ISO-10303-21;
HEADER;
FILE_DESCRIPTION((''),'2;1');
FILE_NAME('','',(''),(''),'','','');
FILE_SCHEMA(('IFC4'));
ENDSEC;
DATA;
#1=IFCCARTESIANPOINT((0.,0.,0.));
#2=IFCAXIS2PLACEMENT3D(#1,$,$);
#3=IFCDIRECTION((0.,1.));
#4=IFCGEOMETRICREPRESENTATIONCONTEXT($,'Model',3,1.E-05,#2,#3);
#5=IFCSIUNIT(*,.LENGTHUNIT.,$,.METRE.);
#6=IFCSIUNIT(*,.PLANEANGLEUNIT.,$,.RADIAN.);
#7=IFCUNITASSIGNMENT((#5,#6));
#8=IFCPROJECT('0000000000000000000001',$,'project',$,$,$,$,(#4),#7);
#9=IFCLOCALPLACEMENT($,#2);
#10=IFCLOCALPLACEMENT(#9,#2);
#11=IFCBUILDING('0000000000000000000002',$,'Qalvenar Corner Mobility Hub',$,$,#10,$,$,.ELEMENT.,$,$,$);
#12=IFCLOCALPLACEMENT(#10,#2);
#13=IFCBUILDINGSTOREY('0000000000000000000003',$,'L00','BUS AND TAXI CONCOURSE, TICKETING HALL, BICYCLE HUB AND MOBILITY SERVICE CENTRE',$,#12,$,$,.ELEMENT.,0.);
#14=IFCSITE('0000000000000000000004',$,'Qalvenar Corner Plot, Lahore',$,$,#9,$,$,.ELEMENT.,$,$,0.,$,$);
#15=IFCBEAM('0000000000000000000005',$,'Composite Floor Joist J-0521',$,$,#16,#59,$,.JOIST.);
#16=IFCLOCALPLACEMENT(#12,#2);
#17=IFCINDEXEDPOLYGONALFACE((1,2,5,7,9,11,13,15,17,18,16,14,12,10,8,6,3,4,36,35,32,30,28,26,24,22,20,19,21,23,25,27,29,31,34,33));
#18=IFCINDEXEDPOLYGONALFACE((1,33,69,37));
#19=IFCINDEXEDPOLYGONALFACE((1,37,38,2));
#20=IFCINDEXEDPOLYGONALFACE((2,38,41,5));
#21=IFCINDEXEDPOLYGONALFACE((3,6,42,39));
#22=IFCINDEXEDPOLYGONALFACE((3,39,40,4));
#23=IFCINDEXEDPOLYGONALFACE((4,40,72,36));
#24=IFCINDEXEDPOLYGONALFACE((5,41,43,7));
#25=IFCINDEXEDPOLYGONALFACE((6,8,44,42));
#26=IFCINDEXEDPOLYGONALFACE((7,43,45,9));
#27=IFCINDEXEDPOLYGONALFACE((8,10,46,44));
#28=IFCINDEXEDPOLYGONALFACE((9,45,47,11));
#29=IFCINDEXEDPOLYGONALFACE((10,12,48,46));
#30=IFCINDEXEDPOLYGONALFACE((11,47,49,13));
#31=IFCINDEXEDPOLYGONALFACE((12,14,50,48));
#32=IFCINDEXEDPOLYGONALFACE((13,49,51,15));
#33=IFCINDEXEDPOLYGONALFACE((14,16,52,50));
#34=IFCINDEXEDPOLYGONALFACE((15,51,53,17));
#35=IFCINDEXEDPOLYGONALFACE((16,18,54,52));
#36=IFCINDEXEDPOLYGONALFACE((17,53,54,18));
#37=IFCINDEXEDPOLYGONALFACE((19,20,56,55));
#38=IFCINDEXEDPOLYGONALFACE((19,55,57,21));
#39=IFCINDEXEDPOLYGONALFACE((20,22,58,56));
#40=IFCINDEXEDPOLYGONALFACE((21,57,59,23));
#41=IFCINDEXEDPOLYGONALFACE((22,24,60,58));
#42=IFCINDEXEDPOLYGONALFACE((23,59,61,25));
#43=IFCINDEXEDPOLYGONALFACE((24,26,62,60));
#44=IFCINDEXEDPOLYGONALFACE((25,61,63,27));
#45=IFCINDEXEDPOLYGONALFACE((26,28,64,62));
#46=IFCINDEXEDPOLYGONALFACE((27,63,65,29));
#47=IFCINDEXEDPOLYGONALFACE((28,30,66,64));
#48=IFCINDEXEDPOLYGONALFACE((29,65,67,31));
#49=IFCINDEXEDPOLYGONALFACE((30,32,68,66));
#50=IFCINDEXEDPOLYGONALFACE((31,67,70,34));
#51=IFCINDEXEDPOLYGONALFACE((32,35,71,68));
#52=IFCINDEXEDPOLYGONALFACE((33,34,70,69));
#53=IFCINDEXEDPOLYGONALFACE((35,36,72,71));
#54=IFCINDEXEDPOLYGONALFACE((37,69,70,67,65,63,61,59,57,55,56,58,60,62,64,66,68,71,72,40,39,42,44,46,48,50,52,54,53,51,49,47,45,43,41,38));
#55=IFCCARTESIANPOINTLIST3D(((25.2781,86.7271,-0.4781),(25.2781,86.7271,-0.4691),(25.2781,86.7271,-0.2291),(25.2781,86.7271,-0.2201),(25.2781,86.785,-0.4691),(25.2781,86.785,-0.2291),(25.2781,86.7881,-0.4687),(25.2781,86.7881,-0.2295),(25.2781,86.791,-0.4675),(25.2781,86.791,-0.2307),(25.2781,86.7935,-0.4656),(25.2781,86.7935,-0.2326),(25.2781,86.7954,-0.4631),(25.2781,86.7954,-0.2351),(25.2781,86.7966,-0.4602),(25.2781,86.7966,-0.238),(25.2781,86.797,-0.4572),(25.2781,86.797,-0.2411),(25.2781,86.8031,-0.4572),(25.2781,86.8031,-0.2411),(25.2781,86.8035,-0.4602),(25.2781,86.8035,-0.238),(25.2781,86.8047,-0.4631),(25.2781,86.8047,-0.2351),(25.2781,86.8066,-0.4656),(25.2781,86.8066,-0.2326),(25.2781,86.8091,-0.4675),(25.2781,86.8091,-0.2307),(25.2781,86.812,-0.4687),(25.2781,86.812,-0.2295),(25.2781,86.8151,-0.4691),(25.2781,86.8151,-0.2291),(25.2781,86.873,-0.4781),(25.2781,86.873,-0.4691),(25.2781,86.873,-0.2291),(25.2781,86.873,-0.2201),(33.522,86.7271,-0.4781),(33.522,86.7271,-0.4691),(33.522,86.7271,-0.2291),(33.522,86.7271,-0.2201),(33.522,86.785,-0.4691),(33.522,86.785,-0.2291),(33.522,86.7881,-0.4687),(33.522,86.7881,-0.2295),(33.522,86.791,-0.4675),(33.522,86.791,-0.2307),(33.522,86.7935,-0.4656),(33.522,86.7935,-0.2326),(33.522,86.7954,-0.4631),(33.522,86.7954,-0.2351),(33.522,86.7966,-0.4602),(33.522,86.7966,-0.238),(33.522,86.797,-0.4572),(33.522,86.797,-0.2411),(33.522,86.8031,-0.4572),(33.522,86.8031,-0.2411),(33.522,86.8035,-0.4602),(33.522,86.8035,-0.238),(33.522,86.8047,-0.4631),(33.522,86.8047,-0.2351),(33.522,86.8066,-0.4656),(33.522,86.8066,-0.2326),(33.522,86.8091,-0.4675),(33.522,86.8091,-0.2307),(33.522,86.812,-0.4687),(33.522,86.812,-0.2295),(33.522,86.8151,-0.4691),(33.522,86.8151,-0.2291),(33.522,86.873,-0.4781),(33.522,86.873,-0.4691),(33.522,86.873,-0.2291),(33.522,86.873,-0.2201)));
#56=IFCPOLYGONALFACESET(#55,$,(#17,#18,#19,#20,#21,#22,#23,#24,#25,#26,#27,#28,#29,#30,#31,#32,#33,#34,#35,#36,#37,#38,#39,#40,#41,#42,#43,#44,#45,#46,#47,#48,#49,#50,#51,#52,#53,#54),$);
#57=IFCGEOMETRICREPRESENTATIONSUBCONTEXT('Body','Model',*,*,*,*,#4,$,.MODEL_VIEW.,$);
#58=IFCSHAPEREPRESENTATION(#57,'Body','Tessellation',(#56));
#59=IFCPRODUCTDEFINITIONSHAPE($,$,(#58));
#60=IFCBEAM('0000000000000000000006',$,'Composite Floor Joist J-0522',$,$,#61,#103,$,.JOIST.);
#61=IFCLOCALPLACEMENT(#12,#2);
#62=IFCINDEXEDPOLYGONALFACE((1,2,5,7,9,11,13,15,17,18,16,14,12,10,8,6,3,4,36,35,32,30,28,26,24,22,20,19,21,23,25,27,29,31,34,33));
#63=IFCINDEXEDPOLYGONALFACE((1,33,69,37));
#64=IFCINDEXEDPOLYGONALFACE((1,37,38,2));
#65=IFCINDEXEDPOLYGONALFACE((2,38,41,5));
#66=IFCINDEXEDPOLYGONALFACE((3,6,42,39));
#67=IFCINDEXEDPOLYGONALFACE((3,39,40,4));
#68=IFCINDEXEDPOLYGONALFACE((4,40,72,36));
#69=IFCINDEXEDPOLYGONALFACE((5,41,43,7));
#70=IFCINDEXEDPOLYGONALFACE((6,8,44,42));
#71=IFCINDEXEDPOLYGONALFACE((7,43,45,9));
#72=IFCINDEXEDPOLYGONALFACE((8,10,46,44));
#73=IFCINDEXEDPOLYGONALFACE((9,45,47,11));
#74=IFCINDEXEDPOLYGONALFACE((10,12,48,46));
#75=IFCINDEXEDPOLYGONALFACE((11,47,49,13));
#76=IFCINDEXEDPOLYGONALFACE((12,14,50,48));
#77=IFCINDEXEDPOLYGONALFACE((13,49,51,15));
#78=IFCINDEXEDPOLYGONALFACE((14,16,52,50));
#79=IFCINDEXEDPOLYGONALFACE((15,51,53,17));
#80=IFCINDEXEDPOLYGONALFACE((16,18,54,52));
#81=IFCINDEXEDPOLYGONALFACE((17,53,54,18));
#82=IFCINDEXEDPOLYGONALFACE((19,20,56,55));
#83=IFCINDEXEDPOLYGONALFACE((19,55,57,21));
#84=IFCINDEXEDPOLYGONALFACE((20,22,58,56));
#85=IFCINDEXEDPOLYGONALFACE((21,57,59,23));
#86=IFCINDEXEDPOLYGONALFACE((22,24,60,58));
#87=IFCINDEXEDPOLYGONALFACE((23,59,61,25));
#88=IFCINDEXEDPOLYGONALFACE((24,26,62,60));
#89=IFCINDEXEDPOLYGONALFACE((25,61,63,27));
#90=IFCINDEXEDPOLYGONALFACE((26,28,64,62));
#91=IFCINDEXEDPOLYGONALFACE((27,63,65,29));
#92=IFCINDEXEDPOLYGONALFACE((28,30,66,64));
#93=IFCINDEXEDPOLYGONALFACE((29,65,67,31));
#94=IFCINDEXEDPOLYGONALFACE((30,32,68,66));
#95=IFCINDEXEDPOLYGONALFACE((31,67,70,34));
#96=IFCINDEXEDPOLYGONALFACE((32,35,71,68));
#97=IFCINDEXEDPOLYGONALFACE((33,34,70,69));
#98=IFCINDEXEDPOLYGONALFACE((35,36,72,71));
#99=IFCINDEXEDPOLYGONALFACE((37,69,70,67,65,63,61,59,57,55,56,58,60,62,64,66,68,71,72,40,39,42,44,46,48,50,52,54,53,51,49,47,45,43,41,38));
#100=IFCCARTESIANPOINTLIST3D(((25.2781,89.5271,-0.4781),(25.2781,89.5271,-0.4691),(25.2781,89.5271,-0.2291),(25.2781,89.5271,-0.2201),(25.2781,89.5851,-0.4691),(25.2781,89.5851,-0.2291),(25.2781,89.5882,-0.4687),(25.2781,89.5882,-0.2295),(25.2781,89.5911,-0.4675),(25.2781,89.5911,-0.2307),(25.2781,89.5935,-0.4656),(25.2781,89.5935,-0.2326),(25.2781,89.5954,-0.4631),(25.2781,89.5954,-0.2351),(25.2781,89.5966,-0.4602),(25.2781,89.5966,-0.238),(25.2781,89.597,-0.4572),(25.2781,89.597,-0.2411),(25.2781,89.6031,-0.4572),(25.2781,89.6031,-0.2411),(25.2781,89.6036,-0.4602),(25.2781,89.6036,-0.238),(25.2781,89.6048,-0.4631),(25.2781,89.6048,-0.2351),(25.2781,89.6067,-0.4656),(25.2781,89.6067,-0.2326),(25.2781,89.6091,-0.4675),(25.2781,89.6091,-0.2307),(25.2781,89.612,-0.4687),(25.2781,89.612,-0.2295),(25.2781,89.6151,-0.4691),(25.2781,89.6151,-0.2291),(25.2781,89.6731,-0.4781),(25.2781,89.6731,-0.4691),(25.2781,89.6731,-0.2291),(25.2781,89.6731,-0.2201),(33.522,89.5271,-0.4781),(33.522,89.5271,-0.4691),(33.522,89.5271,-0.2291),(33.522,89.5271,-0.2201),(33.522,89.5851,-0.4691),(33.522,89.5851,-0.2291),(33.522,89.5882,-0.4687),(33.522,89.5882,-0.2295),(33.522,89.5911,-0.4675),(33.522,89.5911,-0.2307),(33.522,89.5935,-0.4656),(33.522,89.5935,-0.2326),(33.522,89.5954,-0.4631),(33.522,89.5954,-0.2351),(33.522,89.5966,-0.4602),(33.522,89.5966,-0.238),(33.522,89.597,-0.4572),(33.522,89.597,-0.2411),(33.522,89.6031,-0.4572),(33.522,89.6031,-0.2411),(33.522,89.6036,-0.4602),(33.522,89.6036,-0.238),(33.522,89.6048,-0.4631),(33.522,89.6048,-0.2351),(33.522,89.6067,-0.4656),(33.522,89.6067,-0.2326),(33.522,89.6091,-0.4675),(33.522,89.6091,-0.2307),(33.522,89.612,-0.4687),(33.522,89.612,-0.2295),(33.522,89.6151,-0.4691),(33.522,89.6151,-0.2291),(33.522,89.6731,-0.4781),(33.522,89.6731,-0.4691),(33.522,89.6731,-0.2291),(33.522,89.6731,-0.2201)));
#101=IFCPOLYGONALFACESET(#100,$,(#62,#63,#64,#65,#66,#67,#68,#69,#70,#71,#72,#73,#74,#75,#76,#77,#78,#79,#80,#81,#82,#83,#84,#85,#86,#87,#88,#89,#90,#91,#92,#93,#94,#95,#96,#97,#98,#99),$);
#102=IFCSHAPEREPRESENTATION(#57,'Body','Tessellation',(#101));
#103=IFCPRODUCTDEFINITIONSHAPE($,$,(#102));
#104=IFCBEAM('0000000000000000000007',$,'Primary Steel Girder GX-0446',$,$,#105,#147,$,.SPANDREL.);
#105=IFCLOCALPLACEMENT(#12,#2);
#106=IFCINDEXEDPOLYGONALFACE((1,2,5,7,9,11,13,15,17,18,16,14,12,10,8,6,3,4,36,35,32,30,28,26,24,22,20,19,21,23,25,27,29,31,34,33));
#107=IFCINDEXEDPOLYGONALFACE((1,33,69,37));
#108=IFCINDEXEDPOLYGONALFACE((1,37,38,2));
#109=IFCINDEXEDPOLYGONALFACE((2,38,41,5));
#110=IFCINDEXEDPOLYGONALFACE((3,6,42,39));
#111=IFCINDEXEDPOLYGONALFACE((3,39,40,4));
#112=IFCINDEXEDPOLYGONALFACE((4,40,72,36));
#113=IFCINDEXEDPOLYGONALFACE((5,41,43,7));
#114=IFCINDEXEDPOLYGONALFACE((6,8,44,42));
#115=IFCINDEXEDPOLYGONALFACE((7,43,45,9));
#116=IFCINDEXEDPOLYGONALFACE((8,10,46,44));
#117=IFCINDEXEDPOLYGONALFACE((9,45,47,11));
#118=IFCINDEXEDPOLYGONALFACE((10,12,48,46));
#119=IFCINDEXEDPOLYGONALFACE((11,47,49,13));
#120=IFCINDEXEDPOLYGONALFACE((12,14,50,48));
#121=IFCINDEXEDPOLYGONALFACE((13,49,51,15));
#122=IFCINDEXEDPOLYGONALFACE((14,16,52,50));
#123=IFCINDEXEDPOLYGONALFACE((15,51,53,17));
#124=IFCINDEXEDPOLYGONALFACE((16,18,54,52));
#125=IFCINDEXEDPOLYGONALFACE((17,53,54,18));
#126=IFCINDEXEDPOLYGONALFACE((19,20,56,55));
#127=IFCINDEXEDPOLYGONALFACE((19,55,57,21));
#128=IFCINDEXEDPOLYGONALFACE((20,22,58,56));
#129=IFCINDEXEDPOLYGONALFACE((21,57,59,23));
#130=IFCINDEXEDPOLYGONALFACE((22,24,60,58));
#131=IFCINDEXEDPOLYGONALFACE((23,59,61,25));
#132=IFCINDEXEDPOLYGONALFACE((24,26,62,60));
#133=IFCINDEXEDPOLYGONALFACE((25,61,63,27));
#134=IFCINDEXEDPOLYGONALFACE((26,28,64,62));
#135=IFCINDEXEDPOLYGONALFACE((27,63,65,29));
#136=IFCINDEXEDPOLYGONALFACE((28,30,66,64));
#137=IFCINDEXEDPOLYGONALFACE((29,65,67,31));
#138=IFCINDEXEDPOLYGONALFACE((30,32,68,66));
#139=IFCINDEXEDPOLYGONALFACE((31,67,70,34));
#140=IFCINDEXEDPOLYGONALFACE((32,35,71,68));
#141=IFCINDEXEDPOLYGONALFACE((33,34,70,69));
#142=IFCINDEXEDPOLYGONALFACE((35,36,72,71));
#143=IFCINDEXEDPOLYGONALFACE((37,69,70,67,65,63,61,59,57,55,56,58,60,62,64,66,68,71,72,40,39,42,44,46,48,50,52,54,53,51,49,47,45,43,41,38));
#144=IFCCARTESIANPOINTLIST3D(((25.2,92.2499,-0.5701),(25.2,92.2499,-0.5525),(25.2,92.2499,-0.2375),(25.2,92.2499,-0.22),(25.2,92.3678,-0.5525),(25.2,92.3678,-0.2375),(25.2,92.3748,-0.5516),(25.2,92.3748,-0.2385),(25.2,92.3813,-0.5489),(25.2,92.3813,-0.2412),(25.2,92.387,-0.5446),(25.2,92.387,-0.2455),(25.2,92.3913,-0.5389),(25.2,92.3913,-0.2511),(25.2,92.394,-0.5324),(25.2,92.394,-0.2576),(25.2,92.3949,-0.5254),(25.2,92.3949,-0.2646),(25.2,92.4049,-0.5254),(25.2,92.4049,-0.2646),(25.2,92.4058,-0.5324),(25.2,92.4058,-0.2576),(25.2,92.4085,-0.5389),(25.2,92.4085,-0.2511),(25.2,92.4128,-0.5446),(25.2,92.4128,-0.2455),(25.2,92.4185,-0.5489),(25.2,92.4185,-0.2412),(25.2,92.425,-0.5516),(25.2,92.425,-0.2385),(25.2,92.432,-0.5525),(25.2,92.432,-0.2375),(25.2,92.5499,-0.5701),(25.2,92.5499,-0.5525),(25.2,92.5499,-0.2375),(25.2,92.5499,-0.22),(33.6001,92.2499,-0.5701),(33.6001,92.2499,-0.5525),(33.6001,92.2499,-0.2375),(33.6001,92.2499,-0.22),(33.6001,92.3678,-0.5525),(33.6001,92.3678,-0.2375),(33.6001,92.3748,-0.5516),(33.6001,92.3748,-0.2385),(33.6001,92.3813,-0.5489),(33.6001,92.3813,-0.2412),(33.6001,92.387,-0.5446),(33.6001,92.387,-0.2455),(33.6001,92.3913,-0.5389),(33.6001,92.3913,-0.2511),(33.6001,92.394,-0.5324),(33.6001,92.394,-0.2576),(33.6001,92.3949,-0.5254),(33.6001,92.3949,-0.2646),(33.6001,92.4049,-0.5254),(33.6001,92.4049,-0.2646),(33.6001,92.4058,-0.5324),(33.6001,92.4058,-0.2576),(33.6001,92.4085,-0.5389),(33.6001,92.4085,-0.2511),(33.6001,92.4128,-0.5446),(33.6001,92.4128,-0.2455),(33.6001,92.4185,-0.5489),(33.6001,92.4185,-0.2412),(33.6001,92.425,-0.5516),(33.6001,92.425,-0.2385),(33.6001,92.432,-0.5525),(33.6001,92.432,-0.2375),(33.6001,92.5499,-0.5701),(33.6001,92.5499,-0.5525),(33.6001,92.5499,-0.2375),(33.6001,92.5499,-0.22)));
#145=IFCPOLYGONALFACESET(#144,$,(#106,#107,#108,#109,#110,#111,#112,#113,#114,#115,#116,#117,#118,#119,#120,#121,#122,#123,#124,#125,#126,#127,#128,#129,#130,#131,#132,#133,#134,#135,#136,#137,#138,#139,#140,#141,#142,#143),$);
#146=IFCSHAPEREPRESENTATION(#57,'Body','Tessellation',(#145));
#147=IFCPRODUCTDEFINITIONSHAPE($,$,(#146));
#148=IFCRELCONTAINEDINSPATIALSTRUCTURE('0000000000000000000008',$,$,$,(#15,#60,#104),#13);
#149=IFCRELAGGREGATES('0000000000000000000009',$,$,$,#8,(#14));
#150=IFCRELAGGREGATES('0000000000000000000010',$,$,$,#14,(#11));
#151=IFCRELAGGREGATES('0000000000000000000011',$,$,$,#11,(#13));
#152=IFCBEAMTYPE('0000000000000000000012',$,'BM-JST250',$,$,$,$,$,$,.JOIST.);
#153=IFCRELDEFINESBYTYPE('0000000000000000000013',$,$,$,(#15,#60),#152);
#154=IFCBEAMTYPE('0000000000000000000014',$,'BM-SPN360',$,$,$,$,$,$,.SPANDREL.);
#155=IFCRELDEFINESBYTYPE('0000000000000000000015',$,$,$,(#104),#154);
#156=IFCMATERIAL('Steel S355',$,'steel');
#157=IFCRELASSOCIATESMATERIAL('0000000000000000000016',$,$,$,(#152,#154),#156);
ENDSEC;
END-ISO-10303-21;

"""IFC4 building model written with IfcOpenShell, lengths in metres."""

from ifc_helpers import new_model, si_unit, direction, frame, origin, origin_2d, place, context, subcontext, project, spatial, i_section, extrude, material, material_profile, profile_set, type_object, element, save


model = new_model("IFC4")

# Units and contexts
model_context = context("Model", 3, precision=1e-05, world=origin(), true_north=direction((0.0, 1.0)))
body_context = subcontext(model_context, "Body", "Model", "MODEL_VIEW")
ifc_project = project(units=[si_unit("LENGTHUNIT", "METRE"), si_unit("PLANEANGLEUNIT", "RADIAN")], contexts=[model_context])

# Site, building, storey
site_placement = place(None, origin())
site = spatial("IfcSite", under=ifc_project, at=site_placement, Name="Qalvenar Corner Plot, Lahore", CompositionType="ELEMENT", RefElevation=0.0)
building_placement = place(site_placement, origin())
building = spatial("IfcBuilding", under=site, at=building_placement, Name="Qalvenar Corner Mobility Hub", CompositionType="ELEMENT")
storey_placement = place(building_placement, origin())
storey = spatial("IfcBuildingStorey", under=building, at=storey_placement, Name="L00", Description="BUS AND TAXI CONCOURSE, TICKETING HALL, BICYCLE HUB AND MOBILITY SERVICE CENTRE", CompositionType="ELEMENT", Elevation=0.0)

# Shared definitions
ifc_material_1 = material(Name="Steel S355", Category="steel")

# Beams
ifc_material_profile_1 = material_profile(ifc_material_1, i_section(OverallWidth=0.146, OverallDepth=0.2581, WebThickness=0.0061, FlangeThickness=0.009, FilletRadius=0.012, at=origin_2d()), Name="W250x32.7")
ifc_profile_set_1 = profile_set([ifc_material_profile_1], Name="Steel S355")
beam_type_1 = type_object("IfcBeamType", Name="BM-JST250", PredefinedType="JOIST", material=ifc_profile_set_1)
for number, where, z_axis, x_axis, name in (
    (1, (25.2781, 86.8, -0.3491), (1.0, 0.0, 0.0), (0.0, 1.0, 0.0), "Composite Floor Joist J-0521"),
    (2, (25.2781, 89.6001, -0.3491), (1.0, 0.0, 0.0), (0.0, 1.0, 0.0), "Composite Floor Joist J-0522"),
):
    element("IfcBeam", number, at=place(storey_placement, frame(where, z_axis=z_axis, x_axis=x_axis)), inside=storey, type_object=beam_type_1, Name=name, PredefinedType="JOIST", context=body_context, shape_type="SweptSolid", body=[
        extrude(i_section(OverallWidth=0.146, OverallDepth=0.2581, WebThickness=0.0061, FlangeThickness=0.009, FilletRadius=0.012, at=origin_2d()), origin(), (0.0, 0.0, 1.0), 8.2439),
    ])
ifc_material_profile_2 = material_profile(ifc_material_1, i_section(OverallWidth=0.3, OverallDepth=0.3501, WebThickness=0.01, FlangeThickness=0.0176, FilletRadius=0.0271, at=origin_2d()), Name="HEA360")
ifc_profile_set_2 = profile_set([ifc_material_profile_2], Name="Steel S355")
beam_type_2 = type_object("IfcBeamType", Name="BM-SPN360", PredefinedType="SPANDREL", material=ifc_profile_set_2)
beam_1_placement = place(storey_placement, frame((25.2, 92.3999, -0.395), z_axis=(1.0, 0.0, 0.0), x_axis=(0.0, 1.0, 0.0)))
element("IfcBeam", 3, at=beam_1_placement, inside=storey, type_object=beam_type_2, Name="Primary Steel Girder GX-0446", PredefinedType="SPANDREL", context=body_context, shape_type="SweptSolid", body=[
    extrude(i_section(OverallWidth=0.3, OverallDepth=0.3501, WebThickness=0.01, FlangeThickness=0.0176, FilletRadius=0.0271, at=origin_2d()), origin(), (0.0, 0.0, 1.0), 8.4001),
])

save(model, "model.ifc")
